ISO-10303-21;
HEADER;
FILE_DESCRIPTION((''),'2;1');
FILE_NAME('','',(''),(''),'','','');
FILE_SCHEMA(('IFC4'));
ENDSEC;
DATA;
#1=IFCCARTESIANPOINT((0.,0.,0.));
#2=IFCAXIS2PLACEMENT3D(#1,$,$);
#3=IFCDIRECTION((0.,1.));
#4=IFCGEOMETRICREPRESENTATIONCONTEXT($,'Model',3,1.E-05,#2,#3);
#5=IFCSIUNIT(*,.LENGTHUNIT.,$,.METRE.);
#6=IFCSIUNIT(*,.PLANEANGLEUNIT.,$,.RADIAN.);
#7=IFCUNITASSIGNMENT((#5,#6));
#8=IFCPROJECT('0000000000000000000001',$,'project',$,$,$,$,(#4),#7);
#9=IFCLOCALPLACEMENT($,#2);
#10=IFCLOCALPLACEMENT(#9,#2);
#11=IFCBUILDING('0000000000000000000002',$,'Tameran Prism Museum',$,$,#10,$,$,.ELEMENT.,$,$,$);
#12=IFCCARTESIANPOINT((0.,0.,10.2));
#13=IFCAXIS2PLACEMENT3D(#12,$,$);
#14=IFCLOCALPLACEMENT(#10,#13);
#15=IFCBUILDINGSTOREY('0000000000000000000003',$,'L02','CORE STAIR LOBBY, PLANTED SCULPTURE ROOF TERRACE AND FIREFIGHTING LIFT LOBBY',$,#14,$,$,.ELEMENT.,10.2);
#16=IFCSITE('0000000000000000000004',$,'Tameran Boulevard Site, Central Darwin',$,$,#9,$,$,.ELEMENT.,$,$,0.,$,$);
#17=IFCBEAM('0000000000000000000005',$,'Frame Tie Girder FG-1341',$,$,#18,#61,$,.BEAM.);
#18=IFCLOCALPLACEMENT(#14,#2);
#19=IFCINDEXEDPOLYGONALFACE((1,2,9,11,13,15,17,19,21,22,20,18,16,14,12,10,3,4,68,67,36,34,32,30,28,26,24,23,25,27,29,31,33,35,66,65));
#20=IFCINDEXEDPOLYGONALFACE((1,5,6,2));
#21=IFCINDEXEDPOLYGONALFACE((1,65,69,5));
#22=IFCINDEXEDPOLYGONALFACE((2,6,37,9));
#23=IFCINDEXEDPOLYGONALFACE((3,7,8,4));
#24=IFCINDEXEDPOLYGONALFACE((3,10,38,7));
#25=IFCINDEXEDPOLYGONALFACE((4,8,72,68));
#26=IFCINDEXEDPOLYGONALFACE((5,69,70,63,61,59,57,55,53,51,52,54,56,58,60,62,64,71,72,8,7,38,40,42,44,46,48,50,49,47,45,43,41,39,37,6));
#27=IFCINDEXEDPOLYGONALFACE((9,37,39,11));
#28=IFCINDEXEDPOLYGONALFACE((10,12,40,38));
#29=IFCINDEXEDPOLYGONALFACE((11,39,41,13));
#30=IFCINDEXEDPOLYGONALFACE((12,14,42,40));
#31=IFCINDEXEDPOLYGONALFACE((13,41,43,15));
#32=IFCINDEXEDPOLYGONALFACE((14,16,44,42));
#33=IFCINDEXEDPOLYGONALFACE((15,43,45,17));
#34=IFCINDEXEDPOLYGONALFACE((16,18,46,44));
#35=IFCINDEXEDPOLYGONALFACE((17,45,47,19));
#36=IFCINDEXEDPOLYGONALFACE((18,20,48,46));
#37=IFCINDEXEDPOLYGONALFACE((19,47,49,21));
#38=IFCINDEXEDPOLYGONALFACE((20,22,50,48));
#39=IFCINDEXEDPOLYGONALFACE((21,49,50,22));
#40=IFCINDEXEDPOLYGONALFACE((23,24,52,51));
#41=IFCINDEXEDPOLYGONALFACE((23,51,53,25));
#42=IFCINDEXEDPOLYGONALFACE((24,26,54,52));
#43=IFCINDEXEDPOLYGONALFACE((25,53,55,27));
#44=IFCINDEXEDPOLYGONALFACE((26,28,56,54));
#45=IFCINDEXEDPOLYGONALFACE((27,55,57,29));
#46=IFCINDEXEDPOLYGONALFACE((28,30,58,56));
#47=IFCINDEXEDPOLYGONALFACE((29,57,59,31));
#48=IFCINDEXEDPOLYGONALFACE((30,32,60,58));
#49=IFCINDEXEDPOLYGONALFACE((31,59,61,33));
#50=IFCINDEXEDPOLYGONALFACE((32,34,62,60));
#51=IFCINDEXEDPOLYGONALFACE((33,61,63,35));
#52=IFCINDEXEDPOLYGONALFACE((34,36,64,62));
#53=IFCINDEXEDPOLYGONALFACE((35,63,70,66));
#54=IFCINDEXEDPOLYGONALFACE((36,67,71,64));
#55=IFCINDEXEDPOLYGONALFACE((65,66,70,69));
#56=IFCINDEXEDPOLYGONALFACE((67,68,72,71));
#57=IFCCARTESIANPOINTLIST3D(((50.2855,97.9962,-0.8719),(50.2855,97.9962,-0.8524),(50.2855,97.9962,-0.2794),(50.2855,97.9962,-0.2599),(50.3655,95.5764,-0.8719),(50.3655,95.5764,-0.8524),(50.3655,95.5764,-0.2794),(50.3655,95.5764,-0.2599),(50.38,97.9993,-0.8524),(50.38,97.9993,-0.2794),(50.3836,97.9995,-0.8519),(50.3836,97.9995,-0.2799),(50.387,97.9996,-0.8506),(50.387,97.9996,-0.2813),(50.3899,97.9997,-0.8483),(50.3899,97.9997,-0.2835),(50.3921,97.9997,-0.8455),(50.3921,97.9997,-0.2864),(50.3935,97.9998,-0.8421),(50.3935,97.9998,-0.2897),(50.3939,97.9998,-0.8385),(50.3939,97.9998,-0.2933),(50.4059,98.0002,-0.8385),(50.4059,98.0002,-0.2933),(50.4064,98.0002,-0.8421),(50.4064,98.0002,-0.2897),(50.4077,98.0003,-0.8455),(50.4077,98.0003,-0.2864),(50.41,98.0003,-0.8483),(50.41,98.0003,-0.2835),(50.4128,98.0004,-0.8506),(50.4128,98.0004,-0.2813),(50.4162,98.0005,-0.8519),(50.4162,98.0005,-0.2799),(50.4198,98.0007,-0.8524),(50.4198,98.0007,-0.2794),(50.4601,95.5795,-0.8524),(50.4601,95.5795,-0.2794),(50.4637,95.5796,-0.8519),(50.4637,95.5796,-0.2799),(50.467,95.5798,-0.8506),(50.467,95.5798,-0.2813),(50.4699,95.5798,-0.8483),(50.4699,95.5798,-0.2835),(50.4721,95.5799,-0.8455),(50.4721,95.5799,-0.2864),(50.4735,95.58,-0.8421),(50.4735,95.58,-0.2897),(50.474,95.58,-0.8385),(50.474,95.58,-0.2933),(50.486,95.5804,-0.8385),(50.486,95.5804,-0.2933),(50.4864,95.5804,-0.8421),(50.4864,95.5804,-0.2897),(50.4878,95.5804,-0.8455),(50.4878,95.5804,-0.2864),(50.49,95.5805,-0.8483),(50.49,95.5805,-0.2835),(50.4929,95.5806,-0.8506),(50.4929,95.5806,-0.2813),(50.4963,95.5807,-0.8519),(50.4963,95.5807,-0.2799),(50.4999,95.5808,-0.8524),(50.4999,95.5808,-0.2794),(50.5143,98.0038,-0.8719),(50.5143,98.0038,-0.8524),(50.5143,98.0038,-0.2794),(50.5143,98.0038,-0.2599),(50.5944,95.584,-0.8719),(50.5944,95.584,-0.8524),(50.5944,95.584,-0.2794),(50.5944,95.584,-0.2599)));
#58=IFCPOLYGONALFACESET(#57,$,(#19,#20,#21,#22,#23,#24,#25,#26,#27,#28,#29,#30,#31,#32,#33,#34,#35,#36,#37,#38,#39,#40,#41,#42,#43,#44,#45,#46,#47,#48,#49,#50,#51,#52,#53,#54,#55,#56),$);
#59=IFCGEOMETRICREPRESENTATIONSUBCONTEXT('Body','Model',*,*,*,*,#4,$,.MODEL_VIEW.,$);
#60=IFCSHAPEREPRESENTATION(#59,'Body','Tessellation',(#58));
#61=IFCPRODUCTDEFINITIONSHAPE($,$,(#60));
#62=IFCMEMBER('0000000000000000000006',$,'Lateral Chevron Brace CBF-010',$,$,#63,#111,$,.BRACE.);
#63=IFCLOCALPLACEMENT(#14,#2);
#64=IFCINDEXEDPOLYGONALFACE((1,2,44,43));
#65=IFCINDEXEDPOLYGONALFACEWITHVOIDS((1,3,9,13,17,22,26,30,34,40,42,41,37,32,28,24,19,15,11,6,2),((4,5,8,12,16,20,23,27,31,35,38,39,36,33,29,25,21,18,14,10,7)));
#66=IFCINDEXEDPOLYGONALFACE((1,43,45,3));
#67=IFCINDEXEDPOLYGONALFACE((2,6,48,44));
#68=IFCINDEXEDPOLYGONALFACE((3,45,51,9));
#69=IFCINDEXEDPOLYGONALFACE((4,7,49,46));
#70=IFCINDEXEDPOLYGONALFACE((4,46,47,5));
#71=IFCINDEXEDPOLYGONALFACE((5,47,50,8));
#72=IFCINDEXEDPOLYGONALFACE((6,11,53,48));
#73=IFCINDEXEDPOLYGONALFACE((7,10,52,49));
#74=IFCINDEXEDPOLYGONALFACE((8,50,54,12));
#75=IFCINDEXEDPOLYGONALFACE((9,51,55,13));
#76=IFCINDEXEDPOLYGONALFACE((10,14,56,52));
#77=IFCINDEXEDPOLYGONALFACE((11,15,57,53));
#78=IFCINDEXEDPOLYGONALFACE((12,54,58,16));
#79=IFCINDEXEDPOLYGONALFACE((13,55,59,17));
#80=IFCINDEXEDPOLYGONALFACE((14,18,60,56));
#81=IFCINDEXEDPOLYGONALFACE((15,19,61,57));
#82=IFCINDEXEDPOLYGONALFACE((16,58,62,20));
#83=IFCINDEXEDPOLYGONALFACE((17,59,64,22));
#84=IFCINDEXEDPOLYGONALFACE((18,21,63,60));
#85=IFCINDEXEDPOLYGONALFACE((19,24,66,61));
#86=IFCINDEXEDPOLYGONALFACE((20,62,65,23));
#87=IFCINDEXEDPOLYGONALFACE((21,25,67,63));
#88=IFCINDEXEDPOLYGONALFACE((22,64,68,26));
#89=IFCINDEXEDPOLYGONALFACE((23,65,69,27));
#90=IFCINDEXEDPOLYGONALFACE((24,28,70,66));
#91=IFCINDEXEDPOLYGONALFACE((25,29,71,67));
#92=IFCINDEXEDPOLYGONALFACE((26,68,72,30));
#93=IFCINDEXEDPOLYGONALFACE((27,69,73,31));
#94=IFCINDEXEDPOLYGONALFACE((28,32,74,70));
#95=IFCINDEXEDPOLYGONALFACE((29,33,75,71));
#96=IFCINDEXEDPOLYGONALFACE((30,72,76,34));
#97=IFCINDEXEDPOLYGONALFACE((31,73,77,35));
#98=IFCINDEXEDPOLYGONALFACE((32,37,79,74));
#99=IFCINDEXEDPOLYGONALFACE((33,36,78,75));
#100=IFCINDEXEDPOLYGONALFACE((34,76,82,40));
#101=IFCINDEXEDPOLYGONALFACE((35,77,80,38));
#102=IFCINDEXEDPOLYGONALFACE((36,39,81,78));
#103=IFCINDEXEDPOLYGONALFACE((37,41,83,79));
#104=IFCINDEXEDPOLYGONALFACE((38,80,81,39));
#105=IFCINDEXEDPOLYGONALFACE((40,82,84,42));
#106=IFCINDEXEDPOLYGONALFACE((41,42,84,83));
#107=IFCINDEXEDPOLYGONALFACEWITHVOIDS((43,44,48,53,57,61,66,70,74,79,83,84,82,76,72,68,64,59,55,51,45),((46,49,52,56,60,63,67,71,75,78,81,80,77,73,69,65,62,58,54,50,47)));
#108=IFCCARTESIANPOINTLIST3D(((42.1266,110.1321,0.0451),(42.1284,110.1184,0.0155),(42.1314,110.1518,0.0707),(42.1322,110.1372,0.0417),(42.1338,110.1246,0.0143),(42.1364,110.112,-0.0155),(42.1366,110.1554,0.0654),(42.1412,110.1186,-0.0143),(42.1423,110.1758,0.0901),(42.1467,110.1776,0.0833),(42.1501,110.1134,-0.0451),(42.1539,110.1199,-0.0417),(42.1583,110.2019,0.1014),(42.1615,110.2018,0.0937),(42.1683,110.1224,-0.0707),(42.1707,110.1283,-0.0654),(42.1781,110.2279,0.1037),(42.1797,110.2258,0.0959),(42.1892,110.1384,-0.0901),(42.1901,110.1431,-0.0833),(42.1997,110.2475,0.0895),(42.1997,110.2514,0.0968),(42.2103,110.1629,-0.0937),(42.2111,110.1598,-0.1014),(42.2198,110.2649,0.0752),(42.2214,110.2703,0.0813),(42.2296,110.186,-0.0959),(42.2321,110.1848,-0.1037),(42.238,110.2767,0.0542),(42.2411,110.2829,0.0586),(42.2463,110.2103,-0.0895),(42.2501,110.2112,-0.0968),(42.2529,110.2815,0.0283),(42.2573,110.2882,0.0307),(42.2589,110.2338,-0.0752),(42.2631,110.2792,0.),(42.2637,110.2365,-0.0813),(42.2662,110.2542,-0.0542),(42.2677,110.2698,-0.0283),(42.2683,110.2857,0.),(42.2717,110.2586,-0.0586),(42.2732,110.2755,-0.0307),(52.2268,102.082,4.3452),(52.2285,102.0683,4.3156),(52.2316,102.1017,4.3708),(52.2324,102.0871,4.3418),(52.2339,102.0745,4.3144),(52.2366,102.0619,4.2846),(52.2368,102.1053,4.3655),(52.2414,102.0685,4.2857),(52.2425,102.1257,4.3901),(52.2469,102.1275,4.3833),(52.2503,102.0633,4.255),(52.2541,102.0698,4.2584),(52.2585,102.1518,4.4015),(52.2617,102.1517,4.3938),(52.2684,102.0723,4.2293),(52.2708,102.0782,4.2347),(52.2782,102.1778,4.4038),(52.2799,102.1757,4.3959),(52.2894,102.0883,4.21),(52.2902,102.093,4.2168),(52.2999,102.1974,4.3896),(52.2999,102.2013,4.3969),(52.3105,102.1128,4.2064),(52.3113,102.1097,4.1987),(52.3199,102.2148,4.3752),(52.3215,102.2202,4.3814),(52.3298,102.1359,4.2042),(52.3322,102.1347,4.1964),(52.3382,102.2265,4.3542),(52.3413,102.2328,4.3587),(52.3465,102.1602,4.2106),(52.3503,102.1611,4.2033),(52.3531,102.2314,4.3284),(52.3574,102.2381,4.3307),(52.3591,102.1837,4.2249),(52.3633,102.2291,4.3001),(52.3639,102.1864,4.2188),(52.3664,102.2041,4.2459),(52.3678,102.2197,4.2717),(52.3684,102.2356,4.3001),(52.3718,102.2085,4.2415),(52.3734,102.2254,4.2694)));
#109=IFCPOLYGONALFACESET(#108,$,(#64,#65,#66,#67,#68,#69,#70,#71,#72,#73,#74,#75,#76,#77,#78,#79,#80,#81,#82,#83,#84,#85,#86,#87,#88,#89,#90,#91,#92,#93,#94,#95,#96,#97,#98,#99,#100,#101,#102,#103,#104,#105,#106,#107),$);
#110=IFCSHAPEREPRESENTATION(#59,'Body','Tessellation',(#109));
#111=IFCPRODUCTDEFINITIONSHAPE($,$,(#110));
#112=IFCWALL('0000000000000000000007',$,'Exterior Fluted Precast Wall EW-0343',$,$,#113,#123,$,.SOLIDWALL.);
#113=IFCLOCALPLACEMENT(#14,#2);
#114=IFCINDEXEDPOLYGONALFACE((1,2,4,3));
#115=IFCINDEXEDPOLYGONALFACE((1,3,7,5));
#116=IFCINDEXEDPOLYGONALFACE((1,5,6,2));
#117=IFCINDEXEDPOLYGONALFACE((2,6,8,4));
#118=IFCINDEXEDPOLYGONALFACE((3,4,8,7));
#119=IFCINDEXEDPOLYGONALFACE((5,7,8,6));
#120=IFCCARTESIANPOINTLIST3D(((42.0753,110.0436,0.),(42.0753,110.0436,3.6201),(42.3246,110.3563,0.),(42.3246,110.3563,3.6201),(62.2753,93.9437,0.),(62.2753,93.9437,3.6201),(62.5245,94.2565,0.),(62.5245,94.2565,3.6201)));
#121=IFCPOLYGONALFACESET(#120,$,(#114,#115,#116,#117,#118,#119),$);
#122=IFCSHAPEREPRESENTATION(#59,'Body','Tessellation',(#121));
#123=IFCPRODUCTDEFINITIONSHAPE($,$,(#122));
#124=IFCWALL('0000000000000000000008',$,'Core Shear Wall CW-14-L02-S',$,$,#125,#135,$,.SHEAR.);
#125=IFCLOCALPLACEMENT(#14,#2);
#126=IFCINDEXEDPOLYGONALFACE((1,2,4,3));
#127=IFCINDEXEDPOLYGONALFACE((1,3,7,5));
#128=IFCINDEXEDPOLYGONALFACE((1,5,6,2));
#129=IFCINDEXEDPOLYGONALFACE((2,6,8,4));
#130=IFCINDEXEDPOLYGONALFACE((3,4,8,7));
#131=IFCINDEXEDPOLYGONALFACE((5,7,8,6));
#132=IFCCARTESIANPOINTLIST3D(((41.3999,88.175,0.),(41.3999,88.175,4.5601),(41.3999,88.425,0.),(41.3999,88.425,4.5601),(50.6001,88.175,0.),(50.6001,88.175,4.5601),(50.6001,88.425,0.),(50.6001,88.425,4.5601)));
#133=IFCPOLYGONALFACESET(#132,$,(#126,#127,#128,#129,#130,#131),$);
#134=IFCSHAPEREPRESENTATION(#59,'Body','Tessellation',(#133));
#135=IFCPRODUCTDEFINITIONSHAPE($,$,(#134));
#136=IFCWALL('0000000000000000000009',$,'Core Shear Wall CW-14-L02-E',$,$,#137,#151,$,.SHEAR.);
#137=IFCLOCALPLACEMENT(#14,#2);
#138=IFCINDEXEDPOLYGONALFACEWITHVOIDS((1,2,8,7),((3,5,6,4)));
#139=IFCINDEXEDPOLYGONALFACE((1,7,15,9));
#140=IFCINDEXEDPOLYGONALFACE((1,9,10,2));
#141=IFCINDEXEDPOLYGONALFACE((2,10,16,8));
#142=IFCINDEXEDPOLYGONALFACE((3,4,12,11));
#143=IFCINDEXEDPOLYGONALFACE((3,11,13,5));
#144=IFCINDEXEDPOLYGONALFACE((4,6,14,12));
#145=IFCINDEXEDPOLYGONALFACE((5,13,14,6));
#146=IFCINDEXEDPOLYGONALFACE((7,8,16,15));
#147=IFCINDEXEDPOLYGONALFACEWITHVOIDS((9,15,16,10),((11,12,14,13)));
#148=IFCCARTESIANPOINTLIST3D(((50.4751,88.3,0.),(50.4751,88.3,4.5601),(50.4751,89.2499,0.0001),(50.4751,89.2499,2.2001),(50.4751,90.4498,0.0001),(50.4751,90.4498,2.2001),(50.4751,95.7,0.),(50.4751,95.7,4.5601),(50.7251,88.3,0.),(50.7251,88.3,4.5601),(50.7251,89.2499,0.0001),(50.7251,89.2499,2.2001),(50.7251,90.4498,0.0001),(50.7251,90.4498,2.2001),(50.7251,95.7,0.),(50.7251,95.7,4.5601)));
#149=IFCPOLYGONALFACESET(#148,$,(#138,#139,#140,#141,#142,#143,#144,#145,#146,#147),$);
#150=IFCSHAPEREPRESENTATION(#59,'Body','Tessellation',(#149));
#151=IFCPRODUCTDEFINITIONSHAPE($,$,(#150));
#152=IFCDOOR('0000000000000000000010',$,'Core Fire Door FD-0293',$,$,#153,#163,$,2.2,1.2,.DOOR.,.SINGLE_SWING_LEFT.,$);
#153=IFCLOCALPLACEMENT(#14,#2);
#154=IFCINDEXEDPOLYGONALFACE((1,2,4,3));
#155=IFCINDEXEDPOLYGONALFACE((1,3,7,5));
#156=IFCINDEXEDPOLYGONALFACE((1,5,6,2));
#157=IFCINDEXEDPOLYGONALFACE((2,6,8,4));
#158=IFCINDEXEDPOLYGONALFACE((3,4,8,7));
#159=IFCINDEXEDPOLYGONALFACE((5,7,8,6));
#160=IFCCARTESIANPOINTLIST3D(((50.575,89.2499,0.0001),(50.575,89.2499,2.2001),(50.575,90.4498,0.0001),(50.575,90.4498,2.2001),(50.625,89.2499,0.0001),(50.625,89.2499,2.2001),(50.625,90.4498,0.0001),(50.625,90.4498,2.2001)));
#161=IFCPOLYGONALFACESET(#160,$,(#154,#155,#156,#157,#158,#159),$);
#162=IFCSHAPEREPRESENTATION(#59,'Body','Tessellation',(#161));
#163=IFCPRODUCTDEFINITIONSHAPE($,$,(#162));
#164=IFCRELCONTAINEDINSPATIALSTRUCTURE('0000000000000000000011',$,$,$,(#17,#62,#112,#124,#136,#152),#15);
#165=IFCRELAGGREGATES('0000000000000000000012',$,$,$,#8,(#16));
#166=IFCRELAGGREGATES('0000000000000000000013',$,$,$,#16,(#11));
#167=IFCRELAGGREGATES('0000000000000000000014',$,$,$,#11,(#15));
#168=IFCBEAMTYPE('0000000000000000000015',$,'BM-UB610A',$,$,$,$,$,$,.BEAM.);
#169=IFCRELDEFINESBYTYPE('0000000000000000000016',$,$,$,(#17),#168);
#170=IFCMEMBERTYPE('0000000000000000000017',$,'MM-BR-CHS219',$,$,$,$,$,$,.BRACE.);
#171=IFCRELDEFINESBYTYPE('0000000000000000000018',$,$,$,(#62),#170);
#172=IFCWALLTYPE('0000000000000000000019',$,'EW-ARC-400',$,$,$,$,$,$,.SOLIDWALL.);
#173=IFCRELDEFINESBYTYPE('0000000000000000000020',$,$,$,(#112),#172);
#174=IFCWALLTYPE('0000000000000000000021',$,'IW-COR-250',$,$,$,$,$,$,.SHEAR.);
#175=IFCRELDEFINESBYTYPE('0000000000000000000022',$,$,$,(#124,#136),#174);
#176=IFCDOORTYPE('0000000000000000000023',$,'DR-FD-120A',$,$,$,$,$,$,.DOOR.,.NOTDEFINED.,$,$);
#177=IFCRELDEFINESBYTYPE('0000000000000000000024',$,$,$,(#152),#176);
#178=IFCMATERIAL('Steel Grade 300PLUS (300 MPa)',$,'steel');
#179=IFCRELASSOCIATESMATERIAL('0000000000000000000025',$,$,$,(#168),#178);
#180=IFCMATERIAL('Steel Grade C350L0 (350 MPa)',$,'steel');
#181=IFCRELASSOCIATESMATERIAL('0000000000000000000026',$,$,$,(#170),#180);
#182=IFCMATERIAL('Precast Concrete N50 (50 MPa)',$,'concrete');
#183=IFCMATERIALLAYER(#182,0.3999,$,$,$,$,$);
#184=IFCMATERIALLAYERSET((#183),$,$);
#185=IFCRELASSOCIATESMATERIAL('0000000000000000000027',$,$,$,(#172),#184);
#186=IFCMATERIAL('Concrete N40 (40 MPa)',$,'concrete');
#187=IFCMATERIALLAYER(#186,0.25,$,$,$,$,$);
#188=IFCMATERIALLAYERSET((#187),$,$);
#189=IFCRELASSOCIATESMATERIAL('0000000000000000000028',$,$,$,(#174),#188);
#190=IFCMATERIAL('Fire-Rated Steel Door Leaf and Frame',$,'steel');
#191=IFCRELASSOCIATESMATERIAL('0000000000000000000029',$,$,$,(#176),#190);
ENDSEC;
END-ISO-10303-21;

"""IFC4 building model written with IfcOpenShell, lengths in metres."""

from ifc_helpers import new_model, si_unit, direction, frame, frame_2d, origin, origin_2d, place, context, subcontext, project, spatial, rectangle, hollow_circle, i_section, extrude, material, layer, layer_set, material_profile, profile_set, type_object, element, fill, save


model = new_model("IFC4")

# Units and contexts
model_context = context("Model", 3, precision=1e-05, world=origin(), true_north=direction((0.0, 1.0)))
body_context = subcontext(model_context, "Body", "Model", "MODEL_VIEW")
ifc_project = project(units=[si_unit("LENGTHUNIT", "METRE"), si_unit("PLANEANGLEUNIT", "RADIAN")], contexts=[model_context])

# Site, building, storey
site_placement = place(None, origin())
site = spatial("IfcSite", under=ifc_project, at=site_placement, Name="Tameran Boulevard Site, Central Darwin", CompositionType="ELEMENT", RefElevation=0.0)
building_placement = place(site_placement, origin())
building = spatial("IfcBuilding", under=site, at=building_placement, Name="Tameran Prism Museum", CompositionType="ELEMENT")
storey_placement = place(building_placement, frame((0.0, 0.0, 10.2)))
storey = spatial("IfcBuildingStorey", under=building, at=storey_placement, Name="L02", Description="CORE STAIR LOBBY, PLANTED SCULPTURE ROOF TERRACE AND FIREFIGHTING LIFT LOBBY", CompositionType="ELEMENT", Elevation=10.2)

# Beam
ifc_material_1 = material(Name="Steel Grade 300PLUS (300 MPa)", Category="steel")
ifc_material_profile_1 = material_profile(ifc_material_1, i_section(OverallWidth=0.229, OverallDepth=0.6121, WebThickness=0.012, FlangeThickness=0.0195, FilletRadius=0.0139, at=origin_2d()))
ifc_profile_set_1 = profile_set([ifc_material_profile_1])
beam_type_1 = type_object("IfcBeamType", Name="BM-UB610A", PredefinedType="BEAM", material=ifc_profile_set_1)
beam_1_placement = place(storey_placement, frame((50.3999, 98.0, -0.5659), z_axis=(0.033073, -0.999453, 0.0), x_axis=(0.999453, 0.033073, 0.0)))
element("IfcBeam", 1, at=beam_1_placement, inside=storey, type_object=beam_type_1, Name="Frame Tie Girder FG-1341", PredefinedType="BEAM", context=body_context, shape_type="SweptSolid", body=[
    extrude(i_section(OverallWidth=0.229, OverallDepth=0.6121, WebThickness=0.012, FlangeThickness=0.0195, FilletRadius=0.0139, at=origin_2d()), origin(), (0.0, 0.0, 1.0), 2.4211),
])

# Member
ifc_material_2 = material(Name="Steel Grade C350L0 (350 MPa)", Category="steel")
ifc_material_profile_2 = material_profile(ifc_material_2, hollow_circle(Radius=0.1096, WallThickness=0.0083, at=origin_2d()))
ifc_profile_set_2 = profile_set([ifc_material_profile_2])
member_type = type_object("IfcMemberType", Name="MM-BR-CHS219", PredefinedType="BRACE", material=ifc_profile_set_2)
member_placement = place(storey_placement, frame((42.2, 110.2, 0.0), z_axis=(0.741961, -0.591363, 0.315885), x_axis=(0.623276, 0.782002, 0.0)))
element("IfcMember", 2, at=member_placement, inside=storey, type_object=member_type, Name="Lateral Chevron Brace CBF-010", PredefinedType="BRACE", context=body_context, shape_type="SweptSolid", body=[
    extrude(hollow_circle(Radius=0.1096, WallThickness=0.0083, at=origin_2d()), origin(), (0.0, 0.0, 1.0), 13.6128),
])

# Walls
ifc_material_3 = material(Name="Precast Concrete N50 (50 MPa)", Category="concrete")
ifc_layer_1 = layer(ifc_material_3, 0.3999)
ifc_layer_set_1 = layer_set([ifc_layer_1])
wall_type_1 = type_object("IfcWallType", Name="EW-ARC-400", PredefinedType="SOLIDWALL", material=ifc_layer_set_1)
wall_1_placement = place(storey_placement, frame((42.2, 110.2, 0.0), z_axis=(0.0, 0.0, 1.0), x_axis=(0.782003, -0.623275, 0.0)))
element("IfcWall", 3, at=wall_1_placement, inside=storey, type_object=wall_type_1, Name="Exterior Fluted Precast Wall EW-0343", PredefinedType="SOLIDWALL", context=body_context, shape_type="SweptSolid", body=[
    extrude(rectangle(XDim=25.8311, YDim=0.3999, at=frame_2d((12.9155, 0.0))), origin(), (0.0, 0.0, 1.0), 3.6201),
])
ifc_material_4 = material(Name="Concrete N40 (40 MPa)", Category="concrete")
ifc_layer_2 = layer(ifc_material_4, 0.25)
ifc_layer_set_2 = layer_set([ifc_layer_2])
wall_type_2 = type_object("IfcWallType", Name="IW-COR-250", PredefinedType="SHEAR", material=ifc_layer_set_2)
wall_2_placement = place(storey_placement, frame((50.6001, 88.3, 0.0), z_axis=(0.0, 0.0, 1.0), x_axis=(-1.0, 0.0, 0.0)))
element("IfcWall", 4, at=wall_2_placement, inside=storey, type_object=wall_type_2, Name="Core Shear Wall CW-14-L02-S", PredefinedType="SHEAR", context=body_context, shape_type="SweptSolid", body=[
    extrude(rectangle(XDim=9.2002, YDim=0.25, at=frame_2d((4.6001, 0.0))), origin(), (0.0, 0.0, 1.0), 4.5601),
])

# Wall, opening, door
wall_3_placement = place(storey_placement, frame((50.6001, 95.7, 0.0), z_axis=(0.0, 0.0, 1.0), x_axis=(0.0, -1.0, 0.0)))
wall_3 = element("IfcWall", 5, at=wall_3_placement, inside=storey, type_object=wall_type_2, Name="Core Shear Wall CW-14-L02-E", PredefinedType="SHEAR", context=body_context, shape_type="SweptSolid", body=[
    extrude(rectangle(XDim=7.3999, YDim=0.25, at=frame_2d((3.7, 0.0))), origin(), (0.0, 0.0, 1.0), 4.5601),
])
opening_1_placement = place(wall_3_placement, frame((5.25, 0.0, 0.0)))
opening_1 = element("IfcOpeningElement", 6, at=opening_1_placement, cuts=wall_3, PredefinedType="OPENING", context=body_context, shape_type="SweptSolid", body=[
    extrude(rectangle(XDim=1.2, YDim=2.2, at=frame_2d((0.6001, 1.1001))), frame((0.0, 0.135, 0.0), z_axis=(0.0, -1.0, 0.0), x_axis=(1.0, 0.0, 0.0)), (0.0, 0.0, 1.0), 0.27),
])
ifc_material_5 = material(Name="Fire-Rated Steel Door Leaf and Frame", Category="steel")
door_type = type_object("IfcDoorType", Name="DR-FD-120A", OperationType="NOTDEFINED", PredefinedType="DOOR", material=ifc_material_5)
door_1_placement = place(opening_1_placement, origin())
door_1 = element("IfcDoor", 7, at=door_1_placement, inside=storey, type_object=door_type, Name="Core Fire Door FD-0293", OperationType="SINGLE_SWING_LEFT", OverallHeight=2.2, OverallWidth=1.2, PredefinedType="DOOR", context=body_context, shape_type="SweptSolid", body=[
    extrude(rectangle(XDim=1.2, YDim=2.2, at=frame_2d((0.6001, 1.1001))), frame((0.0, 0.0249, 0.0), z_axis=(0.0, -1.0, 0.0), x_axis=(1.0, 0.0, 0.0)), (0.0, 0.0, 1.0), 0.05),
])
fill(opening_1, door_1)

save(model, "model.ifc")
